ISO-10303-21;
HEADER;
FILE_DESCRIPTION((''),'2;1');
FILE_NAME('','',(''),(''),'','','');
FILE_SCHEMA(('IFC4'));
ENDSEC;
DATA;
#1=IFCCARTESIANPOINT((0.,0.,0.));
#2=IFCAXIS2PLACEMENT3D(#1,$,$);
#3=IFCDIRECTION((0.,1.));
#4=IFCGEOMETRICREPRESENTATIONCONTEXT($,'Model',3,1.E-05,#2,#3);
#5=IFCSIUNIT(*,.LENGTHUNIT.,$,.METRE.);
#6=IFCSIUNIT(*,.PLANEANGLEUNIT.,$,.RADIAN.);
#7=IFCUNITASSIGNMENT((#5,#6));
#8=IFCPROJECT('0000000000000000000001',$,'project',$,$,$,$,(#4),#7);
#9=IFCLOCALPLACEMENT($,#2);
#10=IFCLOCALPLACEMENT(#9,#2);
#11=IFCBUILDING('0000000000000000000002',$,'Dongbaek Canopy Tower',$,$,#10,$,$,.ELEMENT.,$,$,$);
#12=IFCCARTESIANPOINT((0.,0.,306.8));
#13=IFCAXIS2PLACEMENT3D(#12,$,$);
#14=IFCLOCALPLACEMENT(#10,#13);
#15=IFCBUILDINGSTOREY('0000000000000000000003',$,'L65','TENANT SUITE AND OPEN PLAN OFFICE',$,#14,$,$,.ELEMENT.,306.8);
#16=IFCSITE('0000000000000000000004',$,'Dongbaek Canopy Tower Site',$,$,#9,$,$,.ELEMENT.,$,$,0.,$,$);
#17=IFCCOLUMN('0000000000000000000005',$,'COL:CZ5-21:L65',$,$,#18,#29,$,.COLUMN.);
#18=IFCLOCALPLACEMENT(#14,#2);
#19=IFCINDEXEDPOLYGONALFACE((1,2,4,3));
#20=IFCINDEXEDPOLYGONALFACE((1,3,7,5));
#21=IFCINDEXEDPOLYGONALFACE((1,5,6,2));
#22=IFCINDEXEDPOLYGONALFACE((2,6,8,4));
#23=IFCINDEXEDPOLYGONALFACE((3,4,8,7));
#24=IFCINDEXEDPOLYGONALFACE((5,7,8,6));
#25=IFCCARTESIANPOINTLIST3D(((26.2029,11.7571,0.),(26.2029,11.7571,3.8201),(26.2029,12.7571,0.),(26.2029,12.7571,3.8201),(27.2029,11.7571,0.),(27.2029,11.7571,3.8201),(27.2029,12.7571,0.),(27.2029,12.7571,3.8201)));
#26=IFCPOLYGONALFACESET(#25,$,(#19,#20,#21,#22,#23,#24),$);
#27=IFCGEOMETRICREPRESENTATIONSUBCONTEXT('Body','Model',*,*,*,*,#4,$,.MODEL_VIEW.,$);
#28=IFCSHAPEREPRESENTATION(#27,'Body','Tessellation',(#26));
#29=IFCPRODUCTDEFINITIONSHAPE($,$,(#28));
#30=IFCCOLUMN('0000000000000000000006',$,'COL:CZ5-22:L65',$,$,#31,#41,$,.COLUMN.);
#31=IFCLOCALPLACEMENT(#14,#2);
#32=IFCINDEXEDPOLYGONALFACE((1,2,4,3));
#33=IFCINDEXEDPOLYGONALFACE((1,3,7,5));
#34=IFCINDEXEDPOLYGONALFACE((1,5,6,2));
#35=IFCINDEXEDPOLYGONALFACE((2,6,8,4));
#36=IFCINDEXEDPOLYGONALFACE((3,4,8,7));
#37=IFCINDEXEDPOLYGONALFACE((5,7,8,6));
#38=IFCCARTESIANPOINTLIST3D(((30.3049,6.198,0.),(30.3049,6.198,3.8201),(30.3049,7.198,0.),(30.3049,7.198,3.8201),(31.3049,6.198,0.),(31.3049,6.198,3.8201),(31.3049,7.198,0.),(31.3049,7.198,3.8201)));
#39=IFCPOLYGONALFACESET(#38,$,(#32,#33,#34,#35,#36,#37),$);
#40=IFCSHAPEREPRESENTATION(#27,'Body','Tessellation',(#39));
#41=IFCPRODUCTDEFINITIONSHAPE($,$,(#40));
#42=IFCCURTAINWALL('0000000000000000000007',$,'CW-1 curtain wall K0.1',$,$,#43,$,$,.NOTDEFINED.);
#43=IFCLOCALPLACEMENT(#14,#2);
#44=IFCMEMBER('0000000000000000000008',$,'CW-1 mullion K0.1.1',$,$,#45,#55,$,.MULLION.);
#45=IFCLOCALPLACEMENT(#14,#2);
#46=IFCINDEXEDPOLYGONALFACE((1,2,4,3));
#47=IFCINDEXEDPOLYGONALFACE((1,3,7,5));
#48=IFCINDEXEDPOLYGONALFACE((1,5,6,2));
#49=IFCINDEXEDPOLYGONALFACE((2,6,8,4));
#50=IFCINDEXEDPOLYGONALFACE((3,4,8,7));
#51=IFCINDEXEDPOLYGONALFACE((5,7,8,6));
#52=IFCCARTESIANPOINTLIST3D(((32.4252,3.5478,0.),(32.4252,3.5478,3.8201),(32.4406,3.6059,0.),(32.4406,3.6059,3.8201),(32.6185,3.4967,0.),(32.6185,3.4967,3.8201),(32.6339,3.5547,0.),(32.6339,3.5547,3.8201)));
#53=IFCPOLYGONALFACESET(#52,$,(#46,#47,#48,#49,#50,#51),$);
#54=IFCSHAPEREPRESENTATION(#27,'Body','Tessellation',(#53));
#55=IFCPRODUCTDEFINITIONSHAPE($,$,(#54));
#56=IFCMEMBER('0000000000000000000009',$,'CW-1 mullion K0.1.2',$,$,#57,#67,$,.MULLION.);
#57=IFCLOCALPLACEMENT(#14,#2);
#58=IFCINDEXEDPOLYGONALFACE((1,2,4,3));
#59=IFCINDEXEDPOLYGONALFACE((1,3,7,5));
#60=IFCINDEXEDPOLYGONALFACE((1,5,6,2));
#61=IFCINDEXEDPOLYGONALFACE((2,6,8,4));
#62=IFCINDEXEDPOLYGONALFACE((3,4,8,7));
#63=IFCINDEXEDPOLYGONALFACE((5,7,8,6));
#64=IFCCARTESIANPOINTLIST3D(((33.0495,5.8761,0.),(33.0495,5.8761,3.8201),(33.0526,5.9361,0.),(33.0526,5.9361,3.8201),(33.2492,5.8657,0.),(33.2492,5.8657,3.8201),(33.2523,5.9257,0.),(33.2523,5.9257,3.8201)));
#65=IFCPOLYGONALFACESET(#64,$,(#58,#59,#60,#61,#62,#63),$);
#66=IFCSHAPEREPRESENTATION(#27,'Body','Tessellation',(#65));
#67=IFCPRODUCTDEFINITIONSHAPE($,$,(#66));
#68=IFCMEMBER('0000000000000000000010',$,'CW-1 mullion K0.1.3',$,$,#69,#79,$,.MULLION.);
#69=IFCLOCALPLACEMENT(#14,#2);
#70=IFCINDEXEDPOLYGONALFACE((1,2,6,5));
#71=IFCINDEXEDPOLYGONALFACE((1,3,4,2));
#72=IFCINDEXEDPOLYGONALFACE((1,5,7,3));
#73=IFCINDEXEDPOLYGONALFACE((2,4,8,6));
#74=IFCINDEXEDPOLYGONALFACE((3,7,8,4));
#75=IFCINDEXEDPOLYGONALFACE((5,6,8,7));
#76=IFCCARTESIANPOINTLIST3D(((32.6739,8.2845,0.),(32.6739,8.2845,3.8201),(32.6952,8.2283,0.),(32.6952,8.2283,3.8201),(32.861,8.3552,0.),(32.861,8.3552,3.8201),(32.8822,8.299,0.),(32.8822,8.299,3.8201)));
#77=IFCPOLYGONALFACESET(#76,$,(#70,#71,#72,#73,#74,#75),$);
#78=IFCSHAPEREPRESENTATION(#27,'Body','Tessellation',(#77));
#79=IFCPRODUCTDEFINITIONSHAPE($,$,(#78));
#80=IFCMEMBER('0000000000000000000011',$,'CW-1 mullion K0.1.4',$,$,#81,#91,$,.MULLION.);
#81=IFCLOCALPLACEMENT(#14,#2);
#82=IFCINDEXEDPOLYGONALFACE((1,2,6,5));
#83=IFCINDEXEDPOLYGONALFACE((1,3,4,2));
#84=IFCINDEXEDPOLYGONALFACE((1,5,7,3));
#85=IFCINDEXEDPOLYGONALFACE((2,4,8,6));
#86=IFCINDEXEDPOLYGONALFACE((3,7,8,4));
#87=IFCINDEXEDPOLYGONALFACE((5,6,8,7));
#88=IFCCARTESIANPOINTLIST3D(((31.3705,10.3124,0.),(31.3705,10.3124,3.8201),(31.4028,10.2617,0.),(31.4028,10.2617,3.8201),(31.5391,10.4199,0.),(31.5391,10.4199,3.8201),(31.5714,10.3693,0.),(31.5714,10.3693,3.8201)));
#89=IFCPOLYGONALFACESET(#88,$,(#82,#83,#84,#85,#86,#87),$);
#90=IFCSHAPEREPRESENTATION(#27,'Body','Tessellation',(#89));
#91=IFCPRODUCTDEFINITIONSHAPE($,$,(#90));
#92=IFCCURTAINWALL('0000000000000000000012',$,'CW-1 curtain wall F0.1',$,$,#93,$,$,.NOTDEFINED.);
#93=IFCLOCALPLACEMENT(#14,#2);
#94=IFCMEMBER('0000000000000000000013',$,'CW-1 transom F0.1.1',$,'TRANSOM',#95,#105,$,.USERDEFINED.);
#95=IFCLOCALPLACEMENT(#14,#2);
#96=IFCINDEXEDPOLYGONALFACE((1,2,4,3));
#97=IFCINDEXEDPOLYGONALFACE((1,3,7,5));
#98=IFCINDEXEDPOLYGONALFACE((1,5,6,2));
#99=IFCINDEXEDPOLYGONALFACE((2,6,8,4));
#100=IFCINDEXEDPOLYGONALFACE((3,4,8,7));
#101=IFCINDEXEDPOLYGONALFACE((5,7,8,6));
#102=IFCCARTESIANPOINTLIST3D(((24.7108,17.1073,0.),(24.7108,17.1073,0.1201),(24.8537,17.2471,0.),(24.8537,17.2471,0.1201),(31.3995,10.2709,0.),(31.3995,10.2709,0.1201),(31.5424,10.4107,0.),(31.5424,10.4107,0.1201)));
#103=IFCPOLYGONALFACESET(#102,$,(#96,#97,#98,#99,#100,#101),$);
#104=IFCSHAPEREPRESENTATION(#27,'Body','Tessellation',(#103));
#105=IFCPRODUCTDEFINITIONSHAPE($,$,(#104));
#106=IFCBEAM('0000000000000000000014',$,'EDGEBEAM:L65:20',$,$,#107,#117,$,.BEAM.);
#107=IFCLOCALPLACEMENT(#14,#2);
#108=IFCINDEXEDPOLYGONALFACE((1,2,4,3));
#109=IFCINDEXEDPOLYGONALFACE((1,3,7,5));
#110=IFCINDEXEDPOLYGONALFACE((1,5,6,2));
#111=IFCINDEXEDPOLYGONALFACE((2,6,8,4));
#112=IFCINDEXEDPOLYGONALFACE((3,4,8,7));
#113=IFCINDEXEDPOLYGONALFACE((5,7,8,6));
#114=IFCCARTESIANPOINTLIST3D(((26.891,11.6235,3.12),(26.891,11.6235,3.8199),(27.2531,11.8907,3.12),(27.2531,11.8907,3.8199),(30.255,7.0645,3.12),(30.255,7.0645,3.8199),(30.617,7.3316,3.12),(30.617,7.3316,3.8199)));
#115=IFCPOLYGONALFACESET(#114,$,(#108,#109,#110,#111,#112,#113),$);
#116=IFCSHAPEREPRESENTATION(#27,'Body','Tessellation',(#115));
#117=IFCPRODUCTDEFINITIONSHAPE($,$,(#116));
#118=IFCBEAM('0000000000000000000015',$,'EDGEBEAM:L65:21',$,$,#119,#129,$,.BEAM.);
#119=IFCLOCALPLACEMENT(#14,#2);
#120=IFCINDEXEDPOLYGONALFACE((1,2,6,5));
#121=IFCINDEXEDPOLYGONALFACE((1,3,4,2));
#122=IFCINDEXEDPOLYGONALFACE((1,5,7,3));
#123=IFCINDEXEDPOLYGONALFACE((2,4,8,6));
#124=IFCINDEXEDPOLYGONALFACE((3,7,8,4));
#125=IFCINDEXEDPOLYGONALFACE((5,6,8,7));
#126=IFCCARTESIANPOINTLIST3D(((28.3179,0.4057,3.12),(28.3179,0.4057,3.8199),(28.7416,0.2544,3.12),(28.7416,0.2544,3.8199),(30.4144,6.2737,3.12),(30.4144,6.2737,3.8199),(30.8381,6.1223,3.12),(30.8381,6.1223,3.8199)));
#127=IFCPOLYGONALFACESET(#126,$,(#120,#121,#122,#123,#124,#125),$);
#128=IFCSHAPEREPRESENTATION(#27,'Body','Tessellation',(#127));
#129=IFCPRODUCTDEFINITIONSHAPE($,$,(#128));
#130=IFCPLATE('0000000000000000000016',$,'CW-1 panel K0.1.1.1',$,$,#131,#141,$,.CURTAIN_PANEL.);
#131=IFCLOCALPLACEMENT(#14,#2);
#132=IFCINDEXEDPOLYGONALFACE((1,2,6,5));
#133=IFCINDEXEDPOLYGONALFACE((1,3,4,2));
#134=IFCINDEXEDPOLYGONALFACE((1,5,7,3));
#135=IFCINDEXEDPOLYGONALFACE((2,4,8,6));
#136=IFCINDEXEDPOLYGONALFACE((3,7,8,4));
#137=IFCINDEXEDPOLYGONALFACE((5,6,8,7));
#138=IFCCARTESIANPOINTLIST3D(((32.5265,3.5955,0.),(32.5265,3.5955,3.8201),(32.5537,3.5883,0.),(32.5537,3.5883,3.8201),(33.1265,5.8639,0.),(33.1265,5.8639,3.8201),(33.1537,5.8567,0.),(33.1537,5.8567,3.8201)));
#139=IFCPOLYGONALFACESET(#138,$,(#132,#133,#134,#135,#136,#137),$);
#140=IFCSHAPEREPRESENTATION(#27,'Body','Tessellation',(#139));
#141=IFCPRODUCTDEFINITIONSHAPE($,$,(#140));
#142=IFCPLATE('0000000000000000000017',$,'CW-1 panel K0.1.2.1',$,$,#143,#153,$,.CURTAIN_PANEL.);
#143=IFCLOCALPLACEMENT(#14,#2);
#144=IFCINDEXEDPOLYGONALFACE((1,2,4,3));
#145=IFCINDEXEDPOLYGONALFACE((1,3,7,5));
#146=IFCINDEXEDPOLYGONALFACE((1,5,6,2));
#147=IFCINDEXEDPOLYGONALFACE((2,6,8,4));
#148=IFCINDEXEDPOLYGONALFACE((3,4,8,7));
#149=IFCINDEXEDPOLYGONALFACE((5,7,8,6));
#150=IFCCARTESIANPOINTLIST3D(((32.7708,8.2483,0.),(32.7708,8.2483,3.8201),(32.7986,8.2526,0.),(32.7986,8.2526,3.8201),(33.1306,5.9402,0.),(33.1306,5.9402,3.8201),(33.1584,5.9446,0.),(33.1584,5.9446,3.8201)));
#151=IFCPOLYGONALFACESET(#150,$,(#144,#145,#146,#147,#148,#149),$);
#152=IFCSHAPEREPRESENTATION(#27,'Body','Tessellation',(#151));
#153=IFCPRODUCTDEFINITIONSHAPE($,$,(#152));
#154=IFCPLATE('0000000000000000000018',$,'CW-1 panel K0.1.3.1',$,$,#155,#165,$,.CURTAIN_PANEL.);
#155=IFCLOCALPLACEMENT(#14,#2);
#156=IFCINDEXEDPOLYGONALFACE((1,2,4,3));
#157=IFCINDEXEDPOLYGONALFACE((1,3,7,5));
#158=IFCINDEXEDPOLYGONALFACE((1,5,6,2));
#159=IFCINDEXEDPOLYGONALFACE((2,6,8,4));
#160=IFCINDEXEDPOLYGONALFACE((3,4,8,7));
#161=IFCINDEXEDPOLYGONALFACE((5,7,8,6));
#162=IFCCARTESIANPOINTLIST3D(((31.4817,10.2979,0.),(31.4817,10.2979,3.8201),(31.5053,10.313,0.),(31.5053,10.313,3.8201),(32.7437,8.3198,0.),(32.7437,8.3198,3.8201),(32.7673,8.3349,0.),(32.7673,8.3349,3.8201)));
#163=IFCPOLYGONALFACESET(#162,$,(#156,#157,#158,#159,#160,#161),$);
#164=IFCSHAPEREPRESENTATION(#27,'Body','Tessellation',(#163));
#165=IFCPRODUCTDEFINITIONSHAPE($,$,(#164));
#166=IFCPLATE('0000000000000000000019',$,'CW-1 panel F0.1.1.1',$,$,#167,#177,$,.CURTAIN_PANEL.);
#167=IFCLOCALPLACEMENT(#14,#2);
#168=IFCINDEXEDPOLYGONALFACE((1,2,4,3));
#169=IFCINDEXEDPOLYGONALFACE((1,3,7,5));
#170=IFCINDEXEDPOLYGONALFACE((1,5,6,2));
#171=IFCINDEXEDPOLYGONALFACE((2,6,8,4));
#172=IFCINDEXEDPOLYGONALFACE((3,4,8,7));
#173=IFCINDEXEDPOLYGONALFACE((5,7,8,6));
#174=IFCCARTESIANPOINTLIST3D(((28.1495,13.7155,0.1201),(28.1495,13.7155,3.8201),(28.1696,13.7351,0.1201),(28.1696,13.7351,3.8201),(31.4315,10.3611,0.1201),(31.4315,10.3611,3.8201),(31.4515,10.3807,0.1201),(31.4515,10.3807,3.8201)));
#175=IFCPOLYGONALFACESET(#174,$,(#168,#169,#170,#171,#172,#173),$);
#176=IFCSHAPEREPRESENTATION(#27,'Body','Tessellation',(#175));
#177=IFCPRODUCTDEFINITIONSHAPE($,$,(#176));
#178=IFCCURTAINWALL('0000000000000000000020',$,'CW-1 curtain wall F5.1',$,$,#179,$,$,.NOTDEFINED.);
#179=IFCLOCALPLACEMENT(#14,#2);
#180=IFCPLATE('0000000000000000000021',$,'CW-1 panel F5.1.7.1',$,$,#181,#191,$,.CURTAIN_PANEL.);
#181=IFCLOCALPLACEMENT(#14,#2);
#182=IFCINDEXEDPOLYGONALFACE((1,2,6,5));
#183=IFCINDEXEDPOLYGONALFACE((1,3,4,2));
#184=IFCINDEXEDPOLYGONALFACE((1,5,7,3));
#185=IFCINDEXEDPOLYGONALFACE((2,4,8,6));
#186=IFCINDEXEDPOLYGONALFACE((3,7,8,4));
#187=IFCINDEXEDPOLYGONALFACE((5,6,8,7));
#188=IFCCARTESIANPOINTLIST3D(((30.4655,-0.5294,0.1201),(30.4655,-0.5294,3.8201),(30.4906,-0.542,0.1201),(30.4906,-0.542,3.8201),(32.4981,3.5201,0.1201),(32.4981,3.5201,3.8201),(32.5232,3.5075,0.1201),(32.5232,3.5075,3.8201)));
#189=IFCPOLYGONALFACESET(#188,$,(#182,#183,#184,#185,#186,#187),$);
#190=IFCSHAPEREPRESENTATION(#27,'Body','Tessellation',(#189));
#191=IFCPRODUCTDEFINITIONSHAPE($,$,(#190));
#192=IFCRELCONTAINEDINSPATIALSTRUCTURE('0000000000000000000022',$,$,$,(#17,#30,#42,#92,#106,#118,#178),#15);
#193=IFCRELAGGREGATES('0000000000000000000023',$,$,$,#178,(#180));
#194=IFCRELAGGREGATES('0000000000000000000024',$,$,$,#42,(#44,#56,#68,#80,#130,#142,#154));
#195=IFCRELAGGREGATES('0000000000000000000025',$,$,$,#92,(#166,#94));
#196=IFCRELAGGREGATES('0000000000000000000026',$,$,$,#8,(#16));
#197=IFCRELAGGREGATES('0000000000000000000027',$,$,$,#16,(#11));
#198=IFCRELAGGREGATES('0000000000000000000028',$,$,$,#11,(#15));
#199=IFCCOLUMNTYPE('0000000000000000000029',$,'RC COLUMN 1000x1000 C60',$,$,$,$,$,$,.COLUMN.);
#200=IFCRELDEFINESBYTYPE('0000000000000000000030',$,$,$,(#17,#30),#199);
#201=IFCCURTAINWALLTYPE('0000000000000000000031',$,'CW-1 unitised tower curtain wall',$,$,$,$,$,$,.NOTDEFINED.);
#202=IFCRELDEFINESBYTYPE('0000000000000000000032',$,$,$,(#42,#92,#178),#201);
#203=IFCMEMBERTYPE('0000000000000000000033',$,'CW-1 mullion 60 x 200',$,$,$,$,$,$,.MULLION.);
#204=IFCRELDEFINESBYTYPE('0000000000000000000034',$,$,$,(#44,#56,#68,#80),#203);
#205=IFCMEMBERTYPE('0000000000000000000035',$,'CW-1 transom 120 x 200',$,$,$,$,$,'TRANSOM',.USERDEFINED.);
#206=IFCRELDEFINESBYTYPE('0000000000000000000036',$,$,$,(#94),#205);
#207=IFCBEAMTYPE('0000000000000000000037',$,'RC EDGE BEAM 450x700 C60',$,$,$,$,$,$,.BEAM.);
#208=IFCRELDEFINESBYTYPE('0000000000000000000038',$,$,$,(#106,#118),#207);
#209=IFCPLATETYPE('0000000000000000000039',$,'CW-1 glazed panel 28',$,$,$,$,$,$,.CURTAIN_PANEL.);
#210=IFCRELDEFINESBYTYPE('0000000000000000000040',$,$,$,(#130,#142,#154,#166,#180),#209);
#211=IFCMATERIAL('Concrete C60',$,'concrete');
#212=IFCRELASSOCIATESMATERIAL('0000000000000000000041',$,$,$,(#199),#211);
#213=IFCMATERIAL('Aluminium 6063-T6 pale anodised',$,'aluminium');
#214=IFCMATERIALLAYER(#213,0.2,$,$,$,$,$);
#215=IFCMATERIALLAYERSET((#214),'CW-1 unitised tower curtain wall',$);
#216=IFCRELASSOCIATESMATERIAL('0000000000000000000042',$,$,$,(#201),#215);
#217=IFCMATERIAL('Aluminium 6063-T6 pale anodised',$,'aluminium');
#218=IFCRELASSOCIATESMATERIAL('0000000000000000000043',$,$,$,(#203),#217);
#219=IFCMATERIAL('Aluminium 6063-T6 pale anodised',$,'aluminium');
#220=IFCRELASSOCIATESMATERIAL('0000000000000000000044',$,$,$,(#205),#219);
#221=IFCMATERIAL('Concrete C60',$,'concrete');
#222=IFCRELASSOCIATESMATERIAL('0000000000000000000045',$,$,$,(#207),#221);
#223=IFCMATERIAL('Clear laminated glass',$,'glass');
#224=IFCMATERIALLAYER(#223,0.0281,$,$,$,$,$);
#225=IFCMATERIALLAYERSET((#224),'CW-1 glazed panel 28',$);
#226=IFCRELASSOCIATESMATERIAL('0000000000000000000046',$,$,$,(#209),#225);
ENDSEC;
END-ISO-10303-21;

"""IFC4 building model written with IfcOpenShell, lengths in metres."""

from ifc_helpers import new_model, si_unit, direction, frame, origin, origin_2d, place, context, subcontext, project, spatial, rectangle, extrude, material, layer, layer_set, material_profile, profile_set, type_object, element, aggregate, save


model = new_model("IFC4")

# Units and contexts
model_context = context("Model", 3, precision=1e-05, world=origin(), true_north=direction((0.0, 1.0)))
body_context = subcontext(model_context, "Body", "Model", "MODEL_VIEW")
ifc_project = project(units=[si_unit("LENGTHUNIT", "METRE"), si_unit("PLANEANGLEUNIT", "RADIAN")], contexts=[model_context])

# Site, building, storey
site_placement = place(None, origin())
site = spatial("IfcSite", under=ifc_project, at=site_placement, Name="Dongbaek Canopy Tower Site", CompositionType="ELEMENT", RefElevation=0.0)
building_placement = place(site_placement, origin())
building = spatial("IfcBuilding", under=site, at=building_placement, Name="Dongbaek Canopy Tower", CompositionType="ELEMENT")
storey_placement = place(building_placement, frame((0.0, 0.0, 306.8)))
storey = spatial("IfcBuildingStorey", under=building, at=storey_placement, Name="L65", Description="TENANT SUITE AND OPEN PLAN OFFICE", CompositionType="ELEMENT", Elevation=306.8)

# Columns
ifc_material_1 = material(Name="Concrete C60", Category="concrete")
ifc_material_profile_1 = material_profile(ifc_material_1, rectangle(XDim=1.0, YDim=1.0, at=origin_2d()), Name="RC COLUMN 1000x1000 C60")
ifc_profile_set_1 = profile_set([ifc_material_profile_1], Name="Concrete C60")
column_type = type_object("IfcColumnType", Name="RC COLUMN 1000x1000 C60", PredefinedType="COLUMN", material=ifc_profile_set_1)
for number, where, z_axis, x_axis, name in (
    (1, (26.7029, 12.2571, 0.0), (0.0, 0.0, 1.0), (1.0, 0.0, 0.0), "COL:CZ5-21:L65"),
    (2, (30.8049, 6.698, 0.0), (0.0, 0.0, 1.0), (1.0, 0.0, 0.0), "COL:CZ5-22:L65"),
):
    element("IfcColumn", number, at=place(storey_placement, frame(where, z_axis=z_axis, x_axis=x_axis)), inside=storey, type_object=column_type, Name=name, PredefinedType="COLUMN", context=body_context, shape_type="SweptSolid", body=[
        extrude(rectangle(XDim=1.0, YDim=1.0, at=origin_2d()), origin(), (0.0, 0.0, 1.0), 3.8201),
    ])

# Curtain wall, members
ifc_material_2 = material(Name="Aluminium 6063-T6 pale anodised", Category="aluminium")
ifc_layer_1 = layer(ifc_material_2, 0.2)
ifc_layer_set_1 = layer_set([ifc_layer_1], Name="CW-1 unitised tower curtain wall")
curtain_wall_type = type_object("IfcCurtainWallType", Name="CW-1 unitised tower curtain wall", PredefinedType="NOTDEFINED", material=ifc_layer_set_1)
curtain_wall_1_placement = place(storey_placement, origin())
curtain_wall_1 = element("IfcCurtainWall", 3, at=curtain_wall_1_placement, inside=storey, type_object=curtain_wall_type, Name="CW-1 curtain wall K0.1", PredefinedType="NOTDEFINED")
ifc_material_3 = material(Name="Aluminium 6063-T6 pale anodised", Category="aluminium")
ifc_material_profile_2 = material_profile(ifc_material_3, rectangle(XDim=0.2, YDim=0.0601, at=origin_2d()), Name="CW-1 mullion 60 x 200")
ifc_profile_set_2 = profile_set([ifc_material_profile_2], Name="Aluminium 6063-T6 pale anodised")
member_type_1 = type_object("IfcMemberType", Name="CW-1 mullion 60 x 200", PredefinedType="MULLION", material=ifc_profile_set_2)
member_1_placement = place(storey_placement, frame((32.5295, 3.5513, 0.0), z_axis=(0.0, 0.0, 1.0), x_axis=(0.966753, -0.255711, 0.0)))
member_1 = element("IfcMember", 4, at=member_1_placement, type_object=member_type_1, Name="CW-1 mullion K0.1.1", PredefinedType="MULLION", context=body_context, shape_type="SweptSolid", body=[
    extrude(rectangle(XDim=0.2, YDim=0.0601, at=origin_2d()), origin(), (0.0, 0.0, 1.0), 3.8201),
])
member_2_placement = place(storey_placement, frame((33.1509, 5.9009, 0.0), z_axis=(0.0, 0.0, 1.0), x_axis=(0.99865, -0.051945, 0.0)))
member_2 = element("IfcMember", 5, at=member_2_placement, type_object=member_type_1, Name="CW-1 mullion K0.1.2", PredefinedType="MULLION", context=body_context, shape_type="SweptSolid", body=[
    extrude(rectangle(XDim=0.2, YDim=0.0601, at=origin_2d()), origin(), (0.0, 0.0, 1.0), 3.8201),
])
member_3_placement = place(storey_placement, frame((32.7781, 8.2917, 0.0), z_axis=(0.0, 0.0, 1.0), x_axis=(0.935453, 0.353452, 0.0)))
member_3 = element("IfcMember", 6, at=member_3_placement, type_object=member_type_1, Name="CW-1 mullion K0.1.3", PredefinedType="MULLION", context=body_context, shape_type="SweptSolid", body=[
    extrude(rectangle(XDim=0.2, YDim=0.0601, at=origin_2d()), origin(), (0.0, 0.0, 1.0), 3.8201),
])
member_4_placement = place(storey_placement, frame((31.4709, 10.3408, 0.0), z_axis=(0.0, 0.0, 1.0), x_axis=(0.843047, 0.53784, 0.0)))
member_4 = element("IfcMember", 7, at=member_4_placement, type_object=member_type_1, Name="CW-1 mullion K0.1.4", PredefinedType="MULLION", context=body_context, shape_type="SweptSolid", body=[
    extrude(rectangle(XDim=0.2, YDim=0.0601, at=origin_2d()), origin(), (0.0, 0.0, 1.0), 3.8201),
])

# Curtain wall, member
curtain_wall_2_placement = place(storey_placement, origin())
curtain_wall_2 = element("IfcCurtainWall", 8, at=curtain_wall_2_placement, inside=storey, type_object=curtain_wall_type, Name="CW-1 curtain wall F0.1", PredefinedType="NOTDEFINED")
ifc_material_4 = material(Name="Aluminium 6063-T6 pale anodised", Category="aluminium")
ifc_material_profile_3 = material_profile(ifc_material_4, rectangle(XDim=0.2, YDim=0.1201, at=origin_2d()), Name="CW-1 transom 120 x 200")
ifc_profile_set_3 = profile_set([ifc_material_profile_3], Name="Aluminium 6063-T6 pale anodised")
member_type_2 = type_object("IfcMemberType", Name="CW-1 transom 120 x 200", ElementType="TRANSOM", PredefinedType="USERDEFINED", material=ifc_profile_set_3)
member_5_placement = place(storey_placement, frame((31.4709, 10.3408, 0.0601), z_axis=(-0.699343, 0.714786, 0.0), x_axis=(-0.714786, -0.699343, 0.0)))
member_5 = element("IfcMember", 9, at=member_5_placement, type_object=member_type_2, Name="CW-1 transom F0.1.1", ObjectType="TRANSOM", PredefinedType="USERDEFINED", context=body_context, shape_type="SweptSolid", body=[
    extrude(rectangle(XDim=0.2, YDim=0.1201, at=origin_2d()), origin(), (0.0, 0.0, 1.0), 9.5642),
])

# Beams
ifc_material_5 = material(Name="Concrete C60", Category="concrete")
ifc_material_profile_4 = material_profile(ifc_material_5, rectangle(XDim=0.45, YDim=0.7, at=origin_2d()), Name="RC EDGE BEAM 450x700 C60")
ifc_profile_set_4 = profile_set([ifc_material_profile_4], Name="Concrete C60")
beam_type = type_object("IfcBeamType", Name="RC EDGE BEAM 450x700 C60", PredefinedType="BEAM", material=ifc_profile_set_4)
beam_1_placement = place(storey_placement, frame((27.072, 11.7571, 3.47), z_axis=(0.593735, -0.80466, 0.0), x_axis=(0.80466, 0.593735, 0.0)))
element("IfcBeam", 10, at=beam_1_placement, inside=storey, type_object=beam_type, Name="EDGEBEAM:L65:20", PredefinedType="BEAM", context=body_context, shape_type="SweptSolid", body=[
    extrude(rectangle(XDim=0.45, YDim=0.7, at=origin_2d()), origin(), (0.0, 0.0, 1.0), 5.6658),
])
beam_2_placement = place(storey_placement, frame((30.6262, 6.198, 3.47), z_axis=(-0.336443, -0.941704, 0.0), x_axis=(0.941704, -0.336443, 0.0)))
element("IfcBeam", 11, at=beam_2_placement, inside=storey, type_object=beam_type, Name="EDGEBEAM:L65:21", PredefinedType="BEAM", context=body_context, shape_type="SweptSolid", body=[
    extrude(rectangle(XDim=0.45, YDim=0.7, at=origin_2d()), origin(), (0.0, 0.0, 1.0), 6.2312),
])

# Plates
ifc_material_6 = material(Name="Clear laminated glass", Category="glass")
ifc_layer_2 = layer(ifc_material_6, 0.0281)
ifc_layer_set_2 = layer_set([ifc_layer_2], Name="CW-1 glazed panel 28")
plate_type = type_object("IfcPlateType", Name="CW-1 glazed panel 28", PredefinedType="CURTAIN_PANEL", material=ifc_layer_set_2)
plate_1_placement = place(storey_placement, frame((32.8401, 4.7261, 0.0), z_axis=(0.0, 0.0, 1.0), x_axis=(0.255711, 0.966753, 0.0)))
plate_1 = element("IfcPlate", 12, at=plate_1_placement, type_object=plate_type, Name="CW-1 panel K0.1.1.1", PredefinedType="CURTAIN_PANEL", context=body_context, shape_type="SweptSolid", body=[
    extrude(rectangle(XDim=2.3464, YDim=0.0281, at=origin_2d()), origin(), (0.0, 0.0, 1.0), 3.8201),
])
plate_2_placement = place(storey_placement, frame((32.9646, 7.0964, 0.0), z_axis=(0.0, 0.0, 1.0), x_axis=(-0.154029, 0.988066, 0.0)))
plate_2 = element("IfcPlate", 13, at=plate_2_placement, type_object=plate_type, Name="CW-1 panel K0.1.2.1", PredefinedType="CURTAIN_PANEL", context=body_context, shape_type="SweptSolid", body=[
    extrude(rectangle(XDim=2.3359, YDim=0.0281, at=origin_2d()), origin(), (0.0, 0.0, 1.0), 3.8201),
])
plate_3_placement = place(storey_placement, frame((32.1245, 9.3164, 0.0), z_axis=(0.0, 0.0, 1.0), x_axis=(-0.53784, 0.843047, 0.0)))
plate_3 = element("IfcPlate", 14, at=plate_3_placement, type_object=plate_type, Name="CW-1 panel K0.1.3.1", PredefinedType="CURTAIN_PANEL", context=body_context, shape_type="SweptSolid", body=[
    extrude(rectangle(XDim=2.3464, YDim=0.0281, at=origin_2d()), origin(), (0.0, 0.0, 1.0), 3.8201),
])
plate_4_placement = place(storey_placement, frame((29.8005, 12.0481, 0.1201), z_axis=(0.0, 0.0, 1.0), x_axis=(-0.699349, 0.71478, 0.0)))
plate_4 = element("IfcPlate", 15, at=plate_4_placement, type_object=plate_type, Name="CW-1 panel F0.1.1.1", PredefinedType="CURTAIN_PANEL", context=body_context, shape_type="SweptSolid", body=[
    extrude(rectangle(XDim=4.6929, YDim=0.0281, at=origin_2d()), origin(), (0.0, 0.0, 1.0), 3.7),
])

# Curtain wall, plate
curtain_wall_3_placement = place(storey_placement, origin())
curtain_wall_3 = element("IfcCurtainWall", 16, at=curtain_wall_3_placement, inside=storey, type_object=curtain_wall_type, Name="CW-1 curtain wall F5.1", PredefinedType="NOTDEFINED")
plate_5_placement = place(storey_placement, frame((31.4944, 1.489, 0.1201), z_axis=(0.0, 0.0, 1.0), x_axis=(0.448598, 0.893733, 0.0)))
plate_5 = element("IfcPlate", 17, at=plate_5_placement, type_object=plate_type, Name="CW-1 panel F5.1.7.1", PredefinedType="CURTAIN_PANEL", context=body_context, shape_type="SweptSolid", body=[
    extrude(rectangle(XDim=4.531, YDim=0.0281, at=origin_2d()), origin(), (0.0, 0.0, 1.0), 3.7),
])

aggregate(curtain_wall_3, [plate_5])
aggregate(curtain_wall_1, [member_1, member_2, member_3, member_4, plate_1, plate_2, plate_3])
aggregate(curtain_wall_2, [plate_4, member_5])

save(model, "model.ifc")
